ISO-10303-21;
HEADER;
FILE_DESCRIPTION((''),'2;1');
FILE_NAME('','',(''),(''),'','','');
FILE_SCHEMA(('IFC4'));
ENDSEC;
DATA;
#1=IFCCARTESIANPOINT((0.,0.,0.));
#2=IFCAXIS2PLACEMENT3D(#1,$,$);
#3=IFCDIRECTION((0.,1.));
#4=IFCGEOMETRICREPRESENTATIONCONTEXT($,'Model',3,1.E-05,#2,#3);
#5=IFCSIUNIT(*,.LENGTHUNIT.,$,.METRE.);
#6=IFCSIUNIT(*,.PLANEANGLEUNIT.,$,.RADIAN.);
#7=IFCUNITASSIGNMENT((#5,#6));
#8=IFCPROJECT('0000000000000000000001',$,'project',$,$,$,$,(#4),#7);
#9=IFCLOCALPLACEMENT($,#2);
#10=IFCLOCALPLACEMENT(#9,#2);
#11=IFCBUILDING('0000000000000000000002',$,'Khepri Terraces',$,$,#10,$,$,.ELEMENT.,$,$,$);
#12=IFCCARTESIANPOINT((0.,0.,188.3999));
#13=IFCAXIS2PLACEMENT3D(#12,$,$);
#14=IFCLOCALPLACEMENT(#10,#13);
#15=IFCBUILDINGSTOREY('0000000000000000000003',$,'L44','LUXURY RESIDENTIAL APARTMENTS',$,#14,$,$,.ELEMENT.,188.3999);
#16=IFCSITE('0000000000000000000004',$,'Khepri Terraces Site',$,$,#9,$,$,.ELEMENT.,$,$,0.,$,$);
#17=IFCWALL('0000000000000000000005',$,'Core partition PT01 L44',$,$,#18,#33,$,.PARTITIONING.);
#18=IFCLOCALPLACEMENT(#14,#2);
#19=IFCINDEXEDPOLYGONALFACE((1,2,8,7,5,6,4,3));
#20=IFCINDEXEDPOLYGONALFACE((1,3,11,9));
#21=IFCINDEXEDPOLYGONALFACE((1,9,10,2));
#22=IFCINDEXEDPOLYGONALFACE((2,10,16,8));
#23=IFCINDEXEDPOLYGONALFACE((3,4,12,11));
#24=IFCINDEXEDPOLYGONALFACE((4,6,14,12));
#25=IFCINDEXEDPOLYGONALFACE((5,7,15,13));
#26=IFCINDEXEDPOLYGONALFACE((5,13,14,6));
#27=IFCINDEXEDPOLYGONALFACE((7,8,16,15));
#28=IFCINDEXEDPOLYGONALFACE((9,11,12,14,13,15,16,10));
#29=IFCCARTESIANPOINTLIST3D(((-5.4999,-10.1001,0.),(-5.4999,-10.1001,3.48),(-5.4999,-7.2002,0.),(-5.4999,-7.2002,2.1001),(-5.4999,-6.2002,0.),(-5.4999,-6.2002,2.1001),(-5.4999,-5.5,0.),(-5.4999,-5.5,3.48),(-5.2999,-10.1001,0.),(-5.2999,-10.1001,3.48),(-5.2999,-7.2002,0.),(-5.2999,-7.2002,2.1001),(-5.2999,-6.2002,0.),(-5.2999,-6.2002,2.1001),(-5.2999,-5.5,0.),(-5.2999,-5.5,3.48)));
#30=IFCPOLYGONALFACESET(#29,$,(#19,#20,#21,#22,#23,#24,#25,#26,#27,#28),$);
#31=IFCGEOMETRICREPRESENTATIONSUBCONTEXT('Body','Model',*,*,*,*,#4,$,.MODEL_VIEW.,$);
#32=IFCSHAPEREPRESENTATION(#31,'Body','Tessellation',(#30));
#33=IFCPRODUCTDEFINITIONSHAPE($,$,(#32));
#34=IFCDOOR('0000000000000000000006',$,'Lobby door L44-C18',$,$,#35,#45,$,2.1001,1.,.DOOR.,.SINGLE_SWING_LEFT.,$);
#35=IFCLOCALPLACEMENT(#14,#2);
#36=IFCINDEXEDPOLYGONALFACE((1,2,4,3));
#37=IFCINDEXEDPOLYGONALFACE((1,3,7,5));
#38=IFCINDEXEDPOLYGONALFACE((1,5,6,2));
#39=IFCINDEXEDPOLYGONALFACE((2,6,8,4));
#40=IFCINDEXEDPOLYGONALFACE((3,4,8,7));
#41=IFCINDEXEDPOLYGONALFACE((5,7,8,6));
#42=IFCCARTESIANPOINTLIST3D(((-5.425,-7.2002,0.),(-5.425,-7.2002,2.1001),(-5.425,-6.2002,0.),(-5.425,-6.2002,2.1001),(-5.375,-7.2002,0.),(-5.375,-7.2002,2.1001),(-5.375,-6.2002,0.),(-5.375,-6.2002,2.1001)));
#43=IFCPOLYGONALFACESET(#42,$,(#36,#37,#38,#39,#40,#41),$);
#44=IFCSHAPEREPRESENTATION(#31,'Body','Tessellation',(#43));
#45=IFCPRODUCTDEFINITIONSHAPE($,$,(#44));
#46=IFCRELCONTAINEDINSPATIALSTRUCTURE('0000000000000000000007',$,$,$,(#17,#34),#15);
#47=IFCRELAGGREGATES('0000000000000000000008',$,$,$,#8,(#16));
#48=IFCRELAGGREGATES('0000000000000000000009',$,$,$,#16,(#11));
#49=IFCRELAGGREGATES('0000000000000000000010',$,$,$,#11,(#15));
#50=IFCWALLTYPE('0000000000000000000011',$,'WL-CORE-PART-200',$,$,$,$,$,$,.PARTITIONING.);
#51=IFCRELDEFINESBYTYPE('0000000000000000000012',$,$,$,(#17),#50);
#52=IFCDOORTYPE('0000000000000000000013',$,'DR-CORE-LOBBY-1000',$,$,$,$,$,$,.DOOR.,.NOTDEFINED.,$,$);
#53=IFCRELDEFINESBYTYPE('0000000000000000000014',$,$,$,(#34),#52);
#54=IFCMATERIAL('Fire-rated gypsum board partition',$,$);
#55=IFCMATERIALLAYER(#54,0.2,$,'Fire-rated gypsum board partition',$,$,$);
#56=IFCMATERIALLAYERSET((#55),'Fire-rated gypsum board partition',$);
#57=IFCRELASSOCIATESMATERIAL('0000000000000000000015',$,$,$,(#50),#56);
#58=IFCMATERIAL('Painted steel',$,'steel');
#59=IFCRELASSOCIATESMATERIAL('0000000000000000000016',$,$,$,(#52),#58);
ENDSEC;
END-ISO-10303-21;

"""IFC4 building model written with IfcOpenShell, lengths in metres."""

from ifc_helpers import new_model, si_unit, direction, frame, frame_2d, origin, place, context, subcontext, project, spatial, rectangle, extrude, material, layer, layer_set, type_object, element, fill, save


model = new_model("IFC4")

# Units and contexts
model_context = context("Model", 3, precision=1e-05, world=origin(), true_north=direction((0.0, 1.0)))
body_context = subcontext(model_context, "Body", "Model", "MODEL_VIEW")
ifc_project = project(units=[si_unit("LENGTHUNIT", "METRE"), si_unit("PLANEANGLEUNIT", "RADIAN")], contexts=[model_context])

# Site, building, storey
site_placement = place(None, origin())
site = spatial("IfcSite", under=ifc_project, at=site_placement, Name="Khepri Terraces Site", CompositionType="ELEMENT", RefElevation=0.0)
building_placement = place(site_placement, origin())
building = spatial("IfcBuilding", under=site, at=building_placement, Name="Khepri Terraces", CompositionType="ELEMENT")
storey_placement = place(building_placement, frame((0.0, 0.0, 188.3999)))
storey = spatial("IfcBuildingStorey", under=building, at=storey_placement, Name="L44", Description="LUXURY RESIDENTIAL APARTMENTS", CompositionType="ELEMENT", Elevation=188.3999)

# Shared definitions
ifc_material_1 = material(Name="Painted steel", Category="steel")

# Shared definitions
ifc_material_2 = material(Name="Fire-rated gypsum board partition")

# Wall, opening, door
ifc_layer_1 = layer(ifc_material_2, 0.2, Name="Fire-rated gypsum board partition")
ifc_layer_set_1 = layer_set([ifc_layer_1], Name="Fire-rated gypsum board partition")
wall_type_1 = type_object("IfcWallType", Name="WL-CORE-PART-200", PredefinedType="PARTITIONING", material=ifc_layer_set_1)
wall_1_placement = place(storey_placement, frame((-5.3999, -10.1001, 0.0), z_axis=(0.0, 0.0, 1.0), x_axis=(0.0, 1.0, 0.0)))
wall_1 = element("IfcWall", 1, at=wall_1_placement, inside=storey, type_object=wall_type_1, Name="Core partition PT01 L44", PredefinedType="PARTITIONING", context=body_context, shape_type="SweptSolid", body=[
    extrude(rectangle(XDim=4.6001, YDim=0.2, at=frame_2d((2.3, 0.0))), origin(), (0.0, 0.0, 1.0), 3.48),
])
opening_1_placement = place(wall_1_placement, frame((2.8999, 0.0, 0.0)))
opening_1 = element("IfcOpeningElement", 2, at=opening_1_placement, cuts=wall_1, PredefinedType="OPENING", context=body_context, shape_type="SweptSolid", body=[
    extrude(rectangle(XDim=1.0, YDim=2.1001, at=frame_2d((0.5, 1.05))), frame((0.0, 0.1099, 0.0), z_axis=(0.0, -1.0, 0.0), x_axis=(1.0, 0.0, 0.0)), (0.0, 0.0, 1.0), 0.22),
])
door_type_1 = type_object("IfcDoorType", Name="DR-CORE-LOBBY-1000", OperationType="NOTDEFINED", PredefinedType="DOOR", material=ifc_material_1)
door_1_placement = place(opening_1_placement, frame((1.0, 0.0, 0.0), z_axis=(0.0, 0.0, 1.0), x_axis=(-1.0, 0.0, 0.0)))
door_1 = element("IfcDoor", 3, at=door_1_placement, inside=storey, type_object=door_type_1, Name="Lobby door L44-C18", OperationType="SINGLE_SWING_LEFT", OverallHeight=2.1001, OverallWidth=1.0, PredefinedType="DOOR", context=body_context, shape_type="SweptSolid", body=[
    extrude(rectangle(XDim=1.0, YDim=2.1001, at=frame_2d((0.5, 1.05))), frame((0.0, 0.0249, 0.0), z_axis=(0.0, -1.0, 0.0), x_axis=(1.0, 0.0, 0.0)), (0.0, 0.0, 1.0), 0.05),
])
fill(opening_1, door_1)

save(model, "model.ifc")
